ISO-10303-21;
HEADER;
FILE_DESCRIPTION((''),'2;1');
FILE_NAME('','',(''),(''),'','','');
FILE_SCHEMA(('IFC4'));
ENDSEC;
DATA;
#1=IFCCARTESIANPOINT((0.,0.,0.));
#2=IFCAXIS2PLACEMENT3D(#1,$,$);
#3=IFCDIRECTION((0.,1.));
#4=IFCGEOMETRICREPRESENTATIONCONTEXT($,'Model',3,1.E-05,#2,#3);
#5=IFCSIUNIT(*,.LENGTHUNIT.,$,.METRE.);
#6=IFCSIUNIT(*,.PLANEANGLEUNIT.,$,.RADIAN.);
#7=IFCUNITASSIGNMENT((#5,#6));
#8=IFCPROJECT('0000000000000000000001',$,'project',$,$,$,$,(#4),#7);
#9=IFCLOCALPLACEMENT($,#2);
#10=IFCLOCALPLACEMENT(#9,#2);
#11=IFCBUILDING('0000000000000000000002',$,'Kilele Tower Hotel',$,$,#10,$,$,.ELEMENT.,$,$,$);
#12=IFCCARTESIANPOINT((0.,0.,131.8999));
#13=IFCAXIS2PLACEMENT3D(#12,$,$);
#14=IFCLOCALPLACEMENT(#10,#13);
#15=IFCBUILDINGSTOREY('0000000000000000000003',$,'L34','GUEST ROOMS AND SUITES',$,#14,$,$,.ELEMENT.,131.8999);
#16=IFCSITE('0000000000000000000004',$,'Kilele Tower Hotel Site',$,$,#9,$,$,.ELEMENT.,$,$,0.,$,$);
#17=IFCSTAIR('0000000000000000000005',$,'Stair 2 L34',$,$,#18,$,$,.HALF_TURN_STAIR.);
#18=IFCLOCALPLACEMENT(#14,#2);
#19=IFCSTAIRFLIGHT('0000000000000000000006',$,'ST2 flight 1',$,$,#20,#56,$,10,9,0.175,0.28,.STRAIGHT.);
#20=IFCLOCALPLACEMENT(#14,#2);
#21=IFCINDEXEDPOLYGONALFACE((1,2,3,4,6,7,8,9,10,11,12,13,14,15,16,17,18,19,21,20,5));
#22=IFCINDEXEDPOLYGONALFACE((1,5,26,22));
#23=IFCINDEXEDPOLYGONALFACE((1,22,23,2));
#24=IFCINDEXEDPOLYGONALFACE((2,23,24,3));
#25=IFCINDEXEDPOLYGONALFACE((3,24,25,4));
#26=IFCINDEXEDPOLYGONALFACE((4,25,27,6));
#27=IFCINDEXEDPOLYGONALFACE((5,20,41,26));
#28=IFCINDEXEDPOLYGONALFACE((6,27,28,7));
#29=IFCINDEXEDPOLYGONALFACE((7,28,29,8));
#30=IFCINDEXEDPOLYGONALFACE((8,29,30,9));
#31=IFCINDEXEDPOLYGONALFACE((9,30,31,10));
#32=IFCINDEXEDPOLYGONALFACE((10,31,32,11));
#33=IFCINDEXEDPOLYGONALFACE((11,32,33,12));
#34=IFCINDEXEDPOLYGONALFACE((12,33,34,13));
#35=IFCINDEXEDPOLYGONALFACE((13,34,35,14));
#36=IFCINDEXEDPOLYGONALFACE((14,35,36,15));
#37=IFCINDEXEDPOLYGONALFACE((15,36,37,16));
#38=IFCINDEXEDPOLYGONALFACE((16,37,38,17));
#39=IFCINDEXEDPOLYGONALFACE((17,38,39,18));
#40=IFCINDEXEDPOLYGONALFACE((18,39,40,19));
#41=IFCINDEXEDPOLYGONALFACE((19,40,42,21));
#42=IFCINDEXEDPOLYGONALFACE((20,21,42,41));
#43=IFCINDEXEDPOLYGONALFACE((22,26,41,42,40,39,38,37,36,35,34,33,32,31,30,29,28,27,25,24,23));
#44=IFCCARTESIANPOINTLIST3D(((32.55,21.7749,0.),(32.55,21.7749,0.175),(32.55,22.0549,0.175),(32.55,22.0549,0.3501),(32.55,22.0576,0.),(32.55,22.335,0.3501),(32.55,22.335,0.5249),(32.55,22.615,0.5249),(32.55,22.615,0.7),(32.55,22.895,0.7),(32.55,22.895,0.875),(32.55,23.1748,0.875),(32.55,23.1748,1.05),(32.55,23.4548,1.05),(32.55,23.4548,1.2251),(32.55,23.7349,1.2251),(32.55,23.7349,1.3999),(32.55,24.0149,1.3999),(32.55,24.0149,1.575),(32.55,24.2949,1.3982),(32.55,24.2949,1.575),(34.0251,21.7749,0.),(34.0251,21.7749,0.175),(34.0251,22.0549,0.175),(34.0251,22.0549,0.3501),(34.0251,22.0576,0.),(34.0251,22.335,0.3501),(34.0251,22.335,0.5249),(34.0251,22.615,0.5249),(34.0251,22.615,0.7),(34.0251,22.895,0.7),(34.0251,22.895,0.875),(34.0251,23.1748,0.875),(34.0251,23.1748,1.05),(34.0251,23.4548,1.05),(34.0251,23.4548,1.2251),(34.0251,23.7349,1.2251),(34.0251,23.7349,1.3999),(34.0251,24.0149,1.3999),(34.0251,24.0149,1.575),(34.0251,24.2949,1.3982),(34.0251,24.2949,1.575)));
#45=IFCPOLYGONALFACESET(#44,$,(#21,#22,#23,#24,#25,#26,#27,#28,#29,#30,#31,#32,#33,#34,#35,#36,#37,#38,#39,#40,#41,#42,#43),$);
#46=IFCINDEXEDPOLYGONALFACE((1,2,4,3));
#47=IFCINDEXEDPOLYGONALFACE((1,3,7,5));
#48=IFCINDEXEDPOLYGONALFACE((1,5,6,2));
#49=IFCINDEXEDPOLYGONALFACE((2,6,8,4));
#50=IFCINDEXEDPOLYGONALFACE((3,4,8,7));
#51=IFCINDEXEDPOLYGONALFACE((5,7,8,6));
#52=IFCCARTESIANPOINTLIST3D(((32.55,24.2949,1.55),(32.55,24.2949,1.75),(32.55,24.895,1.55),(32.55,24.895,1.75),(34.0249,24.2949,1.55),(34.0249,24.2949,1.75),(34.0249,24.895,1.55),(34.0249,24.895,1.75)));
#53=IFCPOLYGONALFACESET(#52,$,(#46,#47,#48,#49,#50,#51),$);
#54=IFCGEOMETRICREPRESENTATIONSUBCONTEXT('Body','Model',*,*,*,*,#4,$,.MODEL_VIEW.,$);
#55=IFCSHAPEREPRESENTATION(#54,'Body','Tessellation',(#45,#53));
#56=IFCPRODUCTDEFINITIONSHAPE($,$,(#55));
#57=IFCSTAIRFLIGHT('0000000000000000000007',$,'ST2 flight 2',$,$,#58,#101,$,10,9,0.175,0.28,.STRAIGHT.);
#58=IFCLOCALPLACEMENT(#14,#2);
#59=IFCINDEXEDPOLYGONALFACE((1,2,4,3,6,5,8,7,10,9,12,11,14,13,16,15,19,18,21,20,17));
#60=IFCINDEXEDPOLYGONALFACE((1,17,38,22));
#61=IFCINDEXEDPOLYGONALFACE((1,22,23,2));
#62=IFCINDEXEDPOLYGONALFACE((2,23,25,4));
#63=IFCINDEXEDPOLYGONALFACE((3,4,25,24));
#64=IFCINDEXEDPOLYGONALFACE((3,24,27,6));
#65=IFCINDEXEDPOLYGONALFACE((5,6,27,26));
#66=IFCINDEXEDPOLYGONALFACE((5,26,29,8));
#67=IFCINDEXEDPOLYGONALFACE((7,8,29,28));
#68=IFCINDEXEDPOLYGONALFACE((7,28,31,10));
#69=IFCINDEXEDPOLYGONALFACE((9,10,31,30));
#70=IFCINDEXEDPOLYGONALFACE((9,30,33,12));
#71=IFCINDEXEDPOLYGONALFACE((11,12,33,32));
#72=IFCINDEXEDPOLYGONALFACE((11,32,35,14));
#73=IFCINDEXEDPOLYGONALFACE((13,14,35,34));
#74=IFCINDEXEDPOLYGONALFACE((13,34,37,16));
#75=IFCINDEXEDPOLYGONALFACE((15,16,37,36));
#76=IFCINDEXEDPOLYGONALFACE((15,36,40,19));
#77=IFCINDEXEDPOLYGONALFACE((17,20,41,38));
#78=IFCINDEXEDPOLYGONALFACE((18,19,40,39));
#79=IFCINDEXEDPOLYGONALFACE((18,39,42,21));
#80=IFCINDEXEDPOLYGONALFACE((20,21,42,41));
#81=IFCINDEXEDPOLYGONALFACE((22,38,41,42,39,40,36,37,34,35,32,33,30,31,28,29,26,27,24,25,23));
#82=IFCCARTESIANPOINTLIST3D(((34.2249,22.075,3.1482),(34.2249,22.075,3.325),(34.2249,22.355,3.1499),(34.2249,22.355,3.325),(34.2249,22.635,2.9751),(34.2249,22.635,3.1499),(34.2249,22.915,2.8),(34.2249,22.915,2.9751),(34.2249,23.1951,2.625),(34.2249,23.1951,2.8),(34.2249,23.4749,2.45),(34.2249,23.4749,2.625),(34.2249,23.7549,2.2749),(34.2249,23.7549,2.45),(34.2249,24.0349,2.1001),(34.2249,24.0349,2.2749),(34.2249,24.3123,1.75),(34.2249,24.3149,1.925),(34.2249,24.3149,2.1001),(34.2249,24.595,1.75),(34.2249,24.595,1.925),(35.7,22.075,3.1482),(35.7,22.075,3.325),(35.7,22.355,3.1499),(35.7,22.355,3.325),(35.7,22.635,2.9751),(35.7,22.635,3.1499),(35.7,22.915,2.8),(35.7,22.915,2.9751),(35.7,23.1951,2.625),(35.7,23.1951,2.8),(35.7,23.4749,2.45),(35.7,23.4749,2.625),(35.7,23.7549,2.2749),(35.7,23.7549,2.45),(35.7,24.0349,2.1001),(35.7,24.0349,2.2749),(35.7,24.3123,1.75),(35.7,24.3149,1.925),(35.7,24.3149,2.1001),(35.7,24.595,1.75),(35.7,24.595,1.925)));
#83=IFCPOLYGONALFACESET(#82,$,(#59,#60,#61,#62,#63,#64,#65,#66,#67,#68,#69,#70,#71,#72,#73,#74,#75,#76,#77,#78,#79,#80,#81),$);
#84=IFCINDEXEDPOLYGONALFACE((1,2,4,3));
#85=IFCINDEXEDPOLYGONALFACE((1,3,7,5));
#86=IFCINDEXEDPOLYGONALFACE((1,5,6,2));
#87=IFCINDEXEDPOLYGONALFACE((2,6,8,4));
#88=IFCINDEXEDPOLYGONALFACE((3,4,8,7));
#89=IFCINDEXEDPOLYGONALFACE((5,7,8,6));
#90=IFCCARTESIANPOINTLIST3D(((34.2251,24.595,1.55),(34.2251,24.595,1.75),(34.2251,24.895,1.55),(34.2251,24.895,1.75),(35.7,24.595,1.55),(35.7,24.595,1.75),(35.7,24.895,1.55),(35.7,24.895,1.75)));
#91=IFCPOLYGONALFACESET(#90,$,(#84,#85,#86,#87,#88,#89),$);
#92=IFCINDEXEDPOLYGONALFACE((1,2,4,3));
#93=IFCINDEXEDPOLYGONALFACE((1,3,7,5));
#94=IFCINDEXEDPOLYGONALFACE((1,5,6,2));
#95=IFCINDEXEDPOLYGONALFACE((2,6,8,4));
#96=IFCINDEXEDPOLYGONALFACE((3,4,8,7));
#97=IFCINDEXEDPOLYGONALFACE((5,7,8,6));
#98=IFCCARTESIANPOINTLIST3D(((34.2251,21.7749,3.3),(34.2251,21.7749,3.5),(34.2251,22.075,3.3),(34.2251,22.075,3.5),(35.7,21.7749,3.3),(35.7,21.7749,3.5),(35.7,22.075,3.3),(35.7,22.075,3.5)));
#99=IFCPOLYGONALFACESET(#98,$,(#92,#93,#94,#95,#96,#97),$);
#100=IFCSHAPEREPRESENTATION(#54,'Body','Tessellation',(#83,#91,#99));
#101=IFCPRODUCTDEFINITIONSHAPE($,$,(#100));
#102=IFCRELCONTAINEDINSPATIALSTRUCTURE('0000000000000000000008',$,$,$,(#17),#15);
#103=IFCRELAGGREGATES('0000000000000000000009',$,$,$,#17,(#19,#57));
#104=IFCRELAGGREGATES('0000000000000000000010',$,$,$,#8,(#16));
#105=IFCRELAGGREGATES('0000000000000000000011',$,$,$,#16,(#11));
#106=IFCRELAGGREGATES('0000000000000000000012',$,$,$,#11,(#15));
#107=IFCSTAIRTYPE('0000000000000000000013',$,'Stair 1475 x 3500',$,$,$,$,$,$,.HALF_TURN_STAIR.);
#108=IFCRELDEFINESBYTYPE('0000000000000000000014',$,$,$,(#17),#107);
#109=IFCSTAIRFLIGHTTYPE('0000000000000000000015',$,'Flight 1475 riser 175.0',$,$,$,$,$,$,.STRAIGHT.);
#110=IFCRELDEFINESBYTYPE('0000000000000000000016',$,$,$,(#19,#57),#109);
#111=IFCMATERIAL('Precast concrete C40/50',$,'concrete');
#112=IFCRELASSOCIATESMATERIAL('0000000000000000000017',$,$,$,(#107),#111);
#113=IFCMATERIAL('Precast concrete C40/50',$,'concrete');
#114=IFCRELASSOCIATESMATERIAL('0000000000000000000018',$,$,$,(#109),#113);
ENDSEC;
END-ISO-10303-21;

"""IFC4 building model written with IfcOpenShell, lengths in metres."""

from ifc_helpers import new_model, si_unit, direction, frame, origin, place, context, subcontext, project, spatial, polyline, outline, extrude, material, type_object, element, aggregate, save


model = new_model("IFC4")

# Units and contexts
model_context = context("Model", 3, precision=1e-05, world=origin(), true_north=direction((0.0, 1.0)))
body_context = subcontext(model_context, "Body", "Model", "MODEL_VIEW")
ifc_project = project(units=[si_unit("LENGTHUNIT", "METRE"), si_unit("PLANEANGLEUNIT", "RADIAN")], contexts=[model_context])

# Site, building, storey
site_placement = place(None, origin())
site = spatial("IfcSite", under=ifc_project, at=site_placement, Name="Kilele Tower Hotel Site", CompositionType="ELEMENT", RefElevation=0.0)
building_placement = place(site_placement, origin())
building = spatial("IfcBuilding", under=site, at=building_placement, Name="Kilele Tower Hotel", CompositionType="ELEMENT")
storey_placement = place(building_placement, frame((0.0, 0.0, 131.8999)))
storey = spatial("IfcBuildingStorey", under=building, at=storey_placement, Name="L34", Description="GUEST ROOMS AND SUITES", CompositionType="ELEMENT", Elevation=131.8999)

# Stair, stair flights
ifc_material_1 = material(Name="Precast concrete C40/50", Category="concrete")
stair_type = type_object("IfcStairType", Name="Stair 1475 x 3500", PredefinedType="HALF_TURN_STAIR", material=ifc_material_1)
stair_placement = place(storey_placement, origin())
stair = element("IfcStair", 1, at=stair_placement, inside=storey, type_object=stair_type, Name="Stair 2 L34", PredefinedType="HALF_TURN_STAIR")
ifc_material_2 = material(Name="Precast concrete C40/50", Category="concrete")
stair_flight_type = type_object("IfcStairFlightType", Name="Flight 1475 riser 175.0", PredefinedType="STRAIGHT", material=ifc_material_2)
stair_flight_1_placement = place(storey_placement, frame((33.2876, 21.7749, 0.0), z_axis=(0.0, 0.0, 1.0), x_axis=(0.0, 1.0, 0.0)))
stair_flight_1 = element("IfcStairFlight", 2, at=stair_flight_1_placement, type_object=stair_flight_type, Name="ST2 flight 1", NumberOfRisers=10, NumberOfTreads=9, PredefinedType="STRAIGHT", RiserHeight=0.175, TreadLength=0.28, context=body_context, shape_type="SweptSolid", body=[
    extrude(outline(polyline([(0.0, 0.0), (0.0, 0.175), (0.28, 0.175), (0.28, 0.3501), (0.5601, 0.3501), (0.5601, 0.5249), (0.8401, 0.5249), (0.8401, 0.7), (1.1201, 0.7), (1.1201, 0.875), (1.3999, 0.875), (1.3999, 1.05), (1.6799, 1.05), (1.6799, 1.2251), (1.96, 1.2251), (1.96, 1.3999), (2.24, 1.3999), (2.24, 1.575), (2.52, 1.575), (2.52, 1.75), (2.52, 1.3982), (0.2827, 0.0), (0.0, 0.0)])), frame((0.0, 0.7375, 0.0), z_axis=(0.0, -1.0, 0.0), x_axis=(1.0, 0.0, 0.0)), (0.0, 0.0, 1.0), 1.4751),
    extrude(outline(polyline([(2.52, 0.7375), (2.52, -0.7373), (3.1201, -0.7373), (3.1201, 0.7375), (2.52, 0.7375)])), frame((0.0, 0.0, 1.55)), (0.0, 0.0, 1.0), 0.2),
])
stair_flight_2_placement = place(storey_placement, frame((34.9624, 24.595, 1.75), z_axis=(0.0, 0.0, 1.0), x_axis=(0.0, -1.0, 0.0)))
stair_flight_2 = element("IfcStairFlight", 3, at=stair_flight_2_placement, type_object=stair_flight_type, Name="ST2 flight 2", NumberOfRisers=10, NumberOfTreads=9, PredefinedType="STRAIGHT", RiserHeight=0.175, TreadLength=0.28, context=body_context, shape_type="SweptSolid", body=[
    extrude(outline(polyline([(0.0, 0.0), (0.0, 0.175), (0.28, 0.175), (0.28, 0.3501), (0.5601, 0.3501), (0.5601, 0.5249), (0.8401, 0.5249), (0.8401, 0.7), (1.1201, 0.7), (1.1201, 0.875), (1.3999, 0.875), (1.3999, 1.05), (1.6799, 1.05), (1.6799, 1.2251), (1.96, 1.2251), (1.96, 1.3999), (2.24, 1.3999), (2.24, 1.575), (2.52, 1.575), (2.52, 1.75), (2.52, 1.3982), (0.2827, 0.0), (0.0, 0.0)])), frame((0.0, 0.7375, 0.0), z_axis=(0.0, -1.0, 0.0), x_axis=(1.0, 0.0, 0.0)), (0.0, 0.0, 1.0), 1.4751),
    extrude(outline(polyline([(0.0, -0.7373), (0.0, 0.7375), (-0.3, 0.7375), (-0.3, -0.7373), (0.0, -0.7373)])), frame((0.0, 0.0, -0.2)), (0.0, 0.0, 1.0), 0.2),
    extrude(outline(polyline([(2.8201, -0.7373), (2.8201, 0.7375), (2.52, 0.7375), (2.52, -0.7373), (2.8201, -0.7373)])), frame((0.0, 0.0, 1.55)), (0.0, 0.0, 1.0), 0.2),
])
aggregate(stair, [stair_flight_1, stair_flight_2])

save(model, "model.ifc")
